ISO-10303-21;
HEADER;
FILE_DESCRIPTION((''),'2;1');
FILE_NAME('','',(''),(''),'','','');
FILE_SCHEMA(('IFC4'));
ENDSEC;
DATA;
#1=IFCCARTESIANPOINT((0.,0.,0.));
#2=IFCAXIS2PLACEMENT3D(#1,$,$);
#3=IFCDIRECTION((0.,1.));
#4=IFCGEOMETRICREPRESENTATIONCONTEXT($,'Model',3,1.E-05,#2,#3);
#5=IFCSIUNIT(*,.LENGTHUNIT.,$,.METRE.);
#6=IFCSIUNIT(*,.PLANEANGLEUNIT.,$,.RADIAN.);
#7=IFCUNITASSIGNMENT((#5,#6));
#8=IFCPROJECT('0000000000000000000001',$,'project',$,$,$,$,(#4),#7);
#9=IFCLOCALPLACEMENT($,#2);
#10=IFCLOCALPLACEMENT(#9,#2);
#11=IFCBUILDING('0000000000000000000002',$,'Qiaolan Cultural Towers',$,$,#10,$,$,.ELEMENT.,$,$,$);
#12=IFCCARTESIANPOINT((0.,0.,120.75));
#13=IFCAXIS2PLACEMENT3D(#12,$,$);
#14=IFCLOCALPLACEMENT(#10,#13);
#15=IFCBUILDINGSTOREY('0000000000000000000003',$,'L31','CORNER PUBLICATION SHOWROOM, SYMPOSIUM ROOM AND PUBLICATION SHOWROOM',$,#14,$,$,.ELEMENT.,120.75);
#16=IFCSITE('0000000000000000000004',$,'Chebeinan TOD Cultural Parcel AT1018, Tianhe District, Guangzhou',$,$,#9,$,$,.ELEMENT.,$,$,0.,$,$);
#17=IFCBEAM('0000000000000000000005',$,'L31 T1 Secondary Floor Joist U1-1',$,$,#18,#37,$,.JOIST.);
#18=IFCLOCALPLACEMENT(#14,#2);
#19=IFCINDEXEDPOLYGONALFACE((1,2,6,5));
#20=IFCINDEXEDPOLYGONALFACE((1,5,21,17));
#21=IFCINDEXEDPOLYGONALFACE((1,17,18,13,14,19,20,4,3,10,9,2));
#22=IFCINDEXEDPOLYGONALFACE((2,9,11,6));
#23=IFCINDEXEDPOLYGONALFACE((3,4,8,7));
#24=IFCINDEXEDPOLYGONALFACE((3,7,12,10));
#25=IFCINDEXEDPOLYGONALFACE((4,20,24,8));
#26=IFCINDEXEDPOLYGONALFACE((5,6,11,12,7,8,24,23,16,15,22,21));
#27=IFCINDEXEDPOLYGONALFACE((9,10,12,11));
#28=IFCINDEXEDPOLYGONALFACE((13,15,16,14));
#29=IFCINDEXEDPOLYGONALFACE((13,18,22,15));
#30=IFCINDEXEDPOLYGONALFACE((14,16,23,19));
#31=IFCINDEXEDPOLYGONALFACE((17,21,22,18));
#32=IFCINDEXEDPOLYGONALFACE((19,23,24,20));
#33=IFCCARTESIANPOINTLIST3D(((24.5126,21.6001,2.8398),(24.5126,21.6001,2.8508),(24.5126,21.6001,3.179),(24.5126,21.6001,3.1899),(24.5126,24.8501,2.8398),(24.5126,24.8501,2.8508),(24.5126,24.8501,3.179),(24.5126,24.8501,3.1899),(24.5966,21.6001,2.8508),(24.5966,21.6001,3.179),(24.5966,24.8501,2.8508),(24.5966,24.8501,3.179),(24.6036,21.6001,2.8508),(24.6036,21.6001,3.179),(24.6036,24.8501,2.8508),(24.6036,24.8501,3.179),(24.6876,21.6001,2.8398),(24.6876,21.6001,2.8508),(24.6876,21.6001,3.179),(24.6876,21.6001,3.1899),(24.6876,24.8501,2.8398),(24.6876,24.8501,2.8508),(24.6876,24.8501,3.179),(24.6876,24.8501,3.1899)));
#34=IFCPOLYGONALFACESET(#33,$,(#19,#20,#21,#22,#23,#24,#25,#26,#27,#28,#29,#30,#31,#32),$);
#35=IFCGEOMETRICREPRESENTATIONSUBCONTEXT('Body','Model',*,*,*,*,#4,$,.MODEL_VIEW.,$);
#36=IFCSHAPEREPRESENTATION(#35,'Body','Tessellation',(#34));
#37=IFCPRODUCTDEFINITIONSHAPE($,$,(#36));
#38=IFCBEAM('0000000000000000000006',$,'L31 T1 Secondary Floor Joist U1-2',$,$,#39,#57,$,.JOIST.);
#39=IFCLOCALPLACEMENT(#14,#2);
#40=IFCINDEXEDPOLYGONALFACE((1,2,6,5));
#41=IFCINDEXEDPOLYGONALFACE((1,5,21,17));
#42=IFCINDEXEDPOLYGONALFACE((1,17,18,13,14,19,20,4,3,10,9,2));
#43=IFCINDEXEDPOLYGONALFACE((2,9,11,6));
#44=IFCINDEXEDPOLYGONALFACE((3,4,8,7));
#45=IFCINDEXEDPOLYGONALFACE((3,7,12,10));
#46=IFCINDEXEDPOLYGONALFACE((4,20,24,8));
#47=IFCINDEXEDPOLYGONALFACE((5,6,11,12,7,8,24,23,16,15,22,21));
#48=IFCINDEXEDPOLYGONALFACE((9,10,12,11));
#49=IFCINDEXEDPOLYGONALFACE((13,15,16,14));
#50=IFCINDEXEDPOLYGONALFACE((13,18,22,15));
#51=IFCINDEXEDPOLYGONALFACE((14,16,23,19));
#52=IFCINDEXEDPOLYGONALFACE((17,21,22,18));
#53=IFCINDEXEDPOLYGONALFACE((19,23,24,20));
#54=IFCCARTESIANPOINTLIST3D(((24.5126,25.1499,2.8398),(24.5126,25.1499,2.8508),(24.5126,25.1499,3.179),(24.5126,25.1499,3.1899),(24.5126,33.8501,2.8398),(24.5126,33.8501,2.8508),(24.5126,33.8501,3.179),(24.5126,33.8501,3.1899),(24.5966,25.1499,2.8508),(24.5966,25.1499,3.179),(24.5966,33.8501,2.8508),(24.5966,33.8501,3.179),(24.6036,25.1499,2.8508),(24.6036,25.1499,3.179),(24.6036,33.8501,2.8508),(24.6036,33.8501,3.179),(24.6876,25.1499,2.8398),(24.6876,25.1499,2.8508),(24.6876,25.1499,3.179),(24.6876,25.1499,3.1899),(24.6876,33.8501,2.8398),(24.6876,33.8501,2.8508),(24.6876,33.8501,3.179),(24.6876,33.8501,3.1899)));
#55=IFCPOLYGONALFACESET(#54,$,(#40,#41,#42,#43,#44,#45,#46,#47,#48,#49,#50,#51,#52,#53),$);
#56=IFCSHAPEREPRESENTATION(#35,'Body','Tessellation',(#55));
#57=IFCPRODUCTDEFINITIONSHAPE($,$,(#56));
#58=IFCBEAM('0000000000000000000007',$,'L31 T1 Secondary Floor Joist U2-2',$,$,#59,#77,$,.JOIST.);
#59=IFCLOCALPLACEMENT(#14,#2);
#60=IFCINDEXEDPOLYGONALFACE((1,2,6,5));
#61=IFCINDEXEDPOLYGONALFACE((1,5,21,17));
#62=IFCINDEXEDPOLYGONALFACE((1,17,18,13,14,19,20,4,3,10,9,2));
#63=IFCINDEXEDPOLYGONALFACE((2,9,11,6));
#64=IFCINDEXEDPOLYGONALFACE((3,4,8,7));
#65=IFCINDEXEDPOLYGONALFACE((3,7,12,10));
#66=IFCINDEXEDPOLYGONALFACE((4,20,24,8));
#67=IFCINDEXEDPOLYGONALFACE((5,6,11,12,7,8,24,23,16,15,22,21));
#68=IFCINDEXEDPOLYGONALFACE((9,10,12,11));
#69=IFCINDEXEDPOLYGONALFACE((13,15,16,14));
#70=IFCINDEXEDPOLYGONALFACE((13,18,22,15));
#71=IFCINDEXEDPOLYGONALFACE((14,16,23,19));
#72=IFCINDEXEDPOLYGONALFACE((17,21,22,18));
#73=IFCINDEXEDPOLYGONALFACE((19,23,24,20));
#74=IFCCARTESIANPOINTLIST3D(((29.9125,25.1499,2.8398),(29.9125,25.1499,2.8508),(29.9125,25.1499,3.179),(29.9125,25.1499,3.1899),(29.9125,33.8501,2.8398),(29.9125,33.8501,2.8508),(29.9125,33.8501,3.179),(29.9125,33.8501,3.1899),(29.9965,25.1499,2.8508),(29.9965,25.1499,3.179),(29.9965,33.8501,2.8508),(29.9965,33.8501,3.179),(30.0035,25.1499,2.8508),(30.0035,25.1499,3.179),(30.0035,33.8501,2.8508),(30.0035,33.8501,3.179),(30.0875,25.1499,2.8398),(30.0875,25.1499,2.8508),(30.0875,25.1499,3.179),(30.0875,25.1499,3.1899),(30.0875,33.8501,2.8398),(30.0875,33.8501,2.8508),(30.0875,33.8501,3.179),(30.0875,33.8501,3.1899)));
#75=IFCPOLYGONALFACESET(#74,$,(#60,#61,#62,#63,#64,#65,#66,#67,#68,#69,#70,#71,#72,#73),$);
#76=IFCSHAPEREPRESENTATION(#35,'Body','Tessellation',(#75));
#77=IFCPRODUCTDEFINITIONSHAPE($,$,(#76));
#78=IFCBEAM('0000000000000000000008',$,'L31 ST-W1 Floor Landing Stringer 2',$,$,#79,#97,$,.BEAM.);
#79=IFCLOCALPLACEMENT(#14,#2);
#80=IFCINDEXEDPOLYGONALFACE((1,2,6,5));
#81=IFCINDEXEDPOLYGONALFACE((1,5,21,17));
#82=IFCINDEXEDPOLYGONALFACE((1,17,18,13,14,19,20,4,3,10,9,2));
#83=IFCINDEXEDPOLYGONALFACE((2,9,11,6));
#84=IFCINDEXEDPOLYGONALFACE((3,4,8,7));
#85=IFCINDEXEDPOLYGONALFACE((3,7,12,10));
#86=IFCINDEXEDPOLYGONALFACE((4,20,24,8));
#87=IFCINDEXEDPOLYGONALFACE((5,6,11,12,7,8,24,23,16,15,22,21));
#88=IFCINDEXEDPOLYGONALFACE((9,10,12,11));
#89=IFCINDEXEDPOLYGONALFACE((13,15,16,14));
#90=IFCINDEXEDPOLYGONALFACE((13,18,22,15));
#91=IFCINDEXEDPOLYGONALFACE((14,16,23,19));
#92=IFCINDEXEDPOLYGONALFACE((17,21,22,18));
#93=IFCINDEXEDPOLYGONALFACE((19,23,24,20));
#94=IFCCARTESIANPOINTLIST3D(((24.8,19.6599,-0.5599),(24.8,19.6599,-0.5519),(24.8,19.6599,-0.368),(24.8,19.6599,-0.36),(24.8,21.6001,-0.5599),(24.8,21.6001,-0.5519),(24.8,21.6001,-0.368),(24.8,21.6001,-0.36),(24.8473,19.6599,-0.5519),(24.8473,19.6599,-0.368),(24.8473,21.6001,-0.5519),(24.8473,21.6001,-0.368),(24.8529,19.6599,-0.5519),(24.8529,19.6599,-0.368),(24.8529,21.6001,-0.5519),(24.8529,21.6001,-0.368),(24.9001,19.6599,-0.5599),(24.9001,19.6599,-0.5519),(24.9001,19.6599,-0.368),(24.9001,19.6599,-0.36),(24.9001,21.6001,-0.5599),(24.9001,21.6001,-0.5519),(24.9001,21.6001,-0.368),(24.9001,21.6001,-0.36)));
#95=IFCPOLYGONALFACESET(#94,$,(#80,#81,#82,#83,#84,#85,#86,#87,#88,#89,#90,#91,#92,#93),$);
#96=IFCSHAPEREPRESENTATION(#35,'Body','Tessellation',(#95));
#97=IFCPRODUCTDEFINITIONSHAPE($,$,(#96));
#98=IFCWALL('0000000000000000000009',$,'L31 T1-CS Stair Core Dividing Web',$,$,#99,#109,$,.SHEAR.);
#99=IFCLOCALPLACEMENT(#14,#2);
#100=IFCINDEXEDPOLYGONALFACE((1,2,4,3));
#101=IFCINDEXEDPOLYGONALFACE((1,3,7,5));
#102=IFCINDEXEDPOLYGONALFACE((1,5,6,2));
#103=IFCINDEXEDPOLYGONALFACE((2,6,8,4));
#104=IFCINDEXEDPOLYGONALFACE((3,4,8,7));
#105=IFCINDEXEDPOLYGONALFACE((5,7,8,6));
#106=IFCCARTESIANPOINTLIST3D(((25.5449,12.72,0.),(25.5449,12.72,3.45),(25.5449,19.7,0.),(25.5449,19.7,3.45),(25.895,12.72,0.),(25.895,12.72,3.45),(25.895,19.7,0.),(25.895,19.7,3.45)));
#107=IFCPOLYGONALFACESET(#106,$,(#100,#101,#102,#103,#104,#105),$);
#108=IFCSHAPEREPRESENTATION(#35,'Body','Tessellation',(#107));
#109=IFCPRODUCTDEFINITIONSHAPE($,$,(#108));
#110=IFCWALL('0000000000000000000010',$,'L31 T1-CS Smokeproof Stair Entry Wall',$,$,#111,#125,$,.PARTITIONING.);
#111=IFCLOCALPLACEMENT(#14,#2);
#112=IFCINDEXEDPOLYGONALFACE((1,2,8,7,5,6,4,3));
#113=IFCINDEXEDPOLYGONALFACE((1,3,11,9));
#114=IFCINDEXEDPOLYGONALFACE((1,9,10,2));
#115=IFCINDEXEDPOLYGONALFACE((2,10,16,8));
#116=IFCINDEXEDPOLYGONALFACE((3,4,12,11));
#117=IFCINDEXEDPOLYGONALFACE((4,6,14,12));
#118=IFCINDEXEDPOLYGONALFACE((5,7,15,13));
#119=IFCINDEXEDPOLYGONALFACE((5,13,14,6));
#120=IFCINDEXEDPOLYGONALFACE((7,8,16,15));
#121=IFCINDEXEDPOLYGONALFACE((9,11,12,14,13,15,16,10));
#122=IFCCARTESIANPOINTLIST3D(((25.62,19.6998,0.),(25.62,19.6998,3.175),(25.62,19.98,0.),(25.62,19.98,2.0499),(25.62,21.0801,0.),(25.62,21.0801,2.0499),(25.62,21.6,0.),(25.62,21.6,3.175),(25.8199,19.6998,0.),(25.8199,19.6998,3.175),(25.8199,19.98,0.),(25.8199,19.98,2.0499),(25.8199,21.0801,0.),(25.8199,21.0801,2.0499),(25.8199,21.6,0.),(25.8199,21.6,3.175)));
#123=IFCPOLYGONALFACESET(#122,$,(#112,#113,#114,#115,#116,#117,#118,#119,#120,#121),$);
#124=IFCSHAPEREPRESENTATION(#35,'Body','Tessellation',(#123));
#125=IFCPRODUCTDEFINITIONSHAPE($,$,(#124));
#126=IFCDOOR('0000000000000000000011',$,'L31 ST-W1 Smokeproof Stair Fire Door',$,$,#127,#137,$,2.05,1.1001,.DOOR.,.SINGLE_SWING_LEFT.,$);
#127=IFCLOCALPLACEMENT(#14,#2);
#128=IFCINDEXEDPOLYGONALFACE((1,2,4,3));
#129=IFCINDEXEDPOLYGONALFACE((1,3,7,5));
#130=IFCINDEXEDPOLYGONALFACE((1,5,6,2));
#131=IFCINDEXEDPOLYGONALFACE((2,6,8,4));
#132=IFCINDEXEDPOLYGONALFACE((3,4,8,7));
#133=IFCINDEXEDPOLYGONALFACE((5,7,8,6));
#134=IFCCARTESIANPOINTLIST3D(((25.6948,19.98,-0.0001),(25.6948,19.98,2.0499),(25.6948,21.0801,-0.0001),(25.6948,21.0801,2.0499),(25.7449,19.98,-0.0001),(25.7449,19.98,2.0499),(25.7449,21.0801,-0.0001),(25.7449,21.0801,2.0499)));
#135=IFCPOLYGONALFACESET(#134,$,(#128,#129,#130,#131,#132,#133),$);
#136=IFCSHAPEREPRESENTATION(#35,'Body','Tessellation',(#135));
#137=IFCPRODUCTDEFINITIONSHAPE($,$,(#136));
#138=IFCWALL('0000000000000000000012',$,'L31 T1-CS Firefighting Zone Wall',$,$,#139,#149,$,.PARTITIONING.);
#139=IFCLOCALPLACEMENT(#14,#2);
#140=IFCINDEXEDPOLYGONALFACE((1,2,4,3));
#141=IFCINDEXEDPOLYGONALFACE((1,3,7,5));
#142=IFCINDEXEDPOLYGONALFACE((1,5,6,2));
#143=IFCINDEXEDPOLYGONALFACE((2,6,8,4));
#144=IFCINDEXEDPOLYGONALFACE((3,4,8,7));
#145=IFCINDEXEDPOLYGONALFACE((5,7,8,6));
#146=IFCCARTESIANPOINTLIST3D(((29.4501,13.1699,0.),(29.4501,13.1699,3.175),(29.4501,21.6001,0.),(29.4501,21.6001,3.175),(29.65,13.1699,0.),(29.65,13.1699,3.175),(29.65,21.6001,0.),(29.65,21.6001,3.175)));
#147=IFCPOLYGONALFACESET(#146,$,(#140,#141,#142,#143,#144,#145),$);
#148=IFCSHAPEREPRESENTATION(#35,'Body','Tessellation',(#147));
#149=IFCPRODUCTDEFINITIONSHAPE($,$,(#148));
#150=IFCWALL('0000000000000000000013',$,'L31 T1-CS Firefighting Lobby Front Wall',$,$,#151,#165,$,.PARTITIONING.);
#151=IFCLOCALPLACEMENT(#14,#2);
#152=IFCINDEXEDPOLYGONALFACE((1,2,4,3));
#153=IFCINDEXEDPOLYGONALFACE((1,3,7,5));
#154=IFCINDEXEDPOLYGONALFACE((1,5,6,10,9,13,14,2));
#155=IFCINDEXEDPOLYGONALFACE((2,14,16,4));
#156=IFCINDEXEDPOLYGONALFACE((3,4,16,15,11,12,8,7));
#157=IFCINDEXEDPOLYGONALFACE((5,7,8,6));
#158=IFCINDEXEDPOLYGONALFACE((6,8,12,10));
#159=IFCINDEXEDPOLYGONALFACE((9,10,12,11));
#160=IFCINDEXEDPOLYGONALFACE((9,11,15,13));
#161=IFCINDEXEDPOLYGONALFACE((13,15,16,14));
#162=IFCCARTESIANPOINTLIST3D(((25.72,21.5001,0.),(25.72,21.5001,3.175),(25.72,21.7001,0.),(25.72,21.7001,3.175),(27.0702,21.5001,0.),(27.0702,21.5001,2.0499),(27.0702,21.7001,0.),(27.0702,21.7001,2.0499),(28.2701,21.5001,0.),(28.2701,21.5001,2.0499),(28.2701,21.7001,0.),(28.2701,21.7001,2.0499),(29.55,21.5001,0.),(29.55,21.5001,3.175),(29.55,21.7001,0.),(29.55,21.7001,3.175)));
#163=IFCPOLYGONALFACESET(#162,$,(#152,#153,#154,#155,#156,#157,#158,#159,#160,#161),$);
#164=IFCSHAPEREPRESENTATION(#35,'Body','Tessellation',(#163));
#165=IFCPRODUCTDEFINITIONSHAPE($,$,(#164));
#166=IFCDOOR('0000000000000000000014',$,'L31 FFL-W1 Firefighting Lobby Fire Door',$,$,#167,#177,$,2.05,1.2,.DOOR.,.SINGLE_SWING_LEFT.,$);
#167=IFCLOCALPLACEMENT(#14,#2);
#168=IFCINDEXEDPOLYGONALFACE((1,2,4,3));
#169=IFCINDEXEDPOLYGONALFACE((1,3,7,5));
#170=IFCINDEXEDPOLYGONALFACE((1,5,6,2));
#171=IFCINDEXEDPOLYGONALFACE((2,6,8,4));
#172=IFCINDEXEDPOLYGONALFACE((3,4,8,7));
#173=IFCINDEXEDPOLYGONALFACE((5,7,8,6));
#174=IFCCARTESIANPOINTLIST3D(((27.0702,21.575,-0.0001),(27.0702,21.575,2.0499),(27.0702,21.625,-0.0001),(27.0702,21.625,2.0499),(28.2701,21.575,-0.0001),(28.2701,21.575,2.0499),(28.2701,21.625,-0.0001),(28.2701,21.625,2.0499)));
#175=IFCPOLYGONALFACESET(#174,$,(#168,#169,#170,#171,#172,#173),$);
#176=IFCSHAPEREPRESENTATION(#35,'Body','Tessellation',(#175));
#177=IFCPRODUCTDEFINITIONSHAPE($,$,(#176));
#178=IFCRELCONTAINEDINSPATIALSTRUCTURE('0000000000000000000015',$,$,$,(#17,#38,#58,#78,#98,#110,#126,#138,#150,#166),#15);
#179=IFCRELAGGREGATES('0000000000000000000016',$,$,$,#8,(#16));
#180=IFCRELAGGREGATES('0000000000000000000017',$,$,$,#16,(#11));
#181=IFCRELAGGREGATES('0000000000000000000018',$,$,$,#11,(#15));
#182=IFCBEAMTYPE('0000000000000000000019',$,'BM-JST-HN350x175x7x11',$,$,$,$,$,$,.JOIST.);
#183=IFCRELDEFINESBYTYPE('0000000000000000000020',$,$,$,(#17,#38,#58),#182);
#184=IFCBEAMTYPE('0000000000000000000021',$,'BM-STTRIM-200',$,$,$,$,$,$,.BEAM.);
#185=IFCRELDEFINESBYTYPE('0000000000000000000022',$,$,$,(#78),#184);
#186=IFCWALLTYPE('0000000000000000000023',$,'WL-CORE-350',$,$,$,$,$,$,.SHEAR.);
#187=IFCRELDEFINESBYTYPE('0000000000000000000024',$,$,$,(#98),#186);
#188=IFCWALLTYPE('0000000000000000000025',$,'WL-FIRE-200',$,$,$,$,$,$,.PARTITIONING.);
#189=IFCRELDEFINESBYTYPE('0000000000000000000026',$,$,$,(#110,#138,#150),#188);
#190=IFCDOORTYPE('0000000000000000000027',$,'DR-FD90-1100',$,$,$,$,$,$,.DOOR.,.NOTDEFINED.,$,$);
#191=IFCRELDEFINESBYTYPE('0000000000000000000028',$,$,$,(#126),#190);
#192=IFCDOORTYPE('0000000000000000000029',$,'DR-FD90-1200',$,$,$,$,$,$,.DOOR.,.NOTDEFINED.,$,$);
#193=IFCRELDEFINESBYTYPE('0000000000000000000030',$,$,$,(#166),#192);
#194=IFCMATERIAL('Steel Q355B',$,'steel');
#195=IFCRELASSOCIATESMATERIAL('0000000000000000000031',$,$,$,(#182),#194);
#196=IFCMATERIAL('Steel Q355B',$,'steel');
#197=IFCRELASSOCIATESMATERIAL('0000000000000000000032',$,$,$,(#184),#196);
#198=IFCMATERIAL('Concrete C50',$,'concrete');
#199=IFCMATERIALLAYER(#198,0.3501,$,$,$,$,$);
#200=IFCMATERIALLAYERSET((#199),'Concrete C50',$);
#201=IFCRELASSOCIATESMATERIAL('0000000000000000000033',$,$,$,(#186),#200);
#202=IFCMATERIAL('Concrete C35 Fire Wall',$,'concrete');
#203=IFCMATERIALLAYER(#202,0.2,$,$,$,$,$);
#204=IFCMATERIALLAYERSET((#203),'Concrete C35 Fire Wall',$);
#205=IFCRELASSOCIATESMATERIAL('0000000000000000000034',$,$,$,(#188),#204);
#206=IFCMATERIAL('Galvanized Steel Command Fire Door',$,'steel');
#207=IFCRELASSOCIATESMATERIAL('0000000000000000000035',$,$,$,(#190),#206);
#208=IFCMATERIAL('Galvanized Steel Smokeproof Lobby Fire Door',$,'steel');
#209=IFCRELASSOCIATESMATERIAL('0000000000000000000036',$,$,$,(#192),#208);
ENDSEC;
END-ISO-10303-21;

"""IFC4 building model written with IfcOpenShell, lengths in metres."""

from ifc_helpers import new_model, si_unit, direction, frame, frame_2d, origin, origin_2d, place, context, subcontext, project, spatial, rectangle, i_section, extrude, material, layer, layer_set, material_profile, profile_set, type_object, element, fill, save


model = new_model("IFC4")

# Units and contexts
model_context = context("Model", 3, precision=1e-05, world=origin(), true_north=direction((0.0, 1.0)))
body_context = subcontext(model_context, "Body", "Model", "MODEL_VIEW")
ifc_project = project(units=[si_unit("LENGTHUNIT", "METRE"), si_unit("PLANEANGLEUNIT", "RADIAN")], contexts=[model_context])

# Site, building, storey
site_placement = place(None, origin())
site = spatial("IfcSite", under=ifc_project, at=site_placement, Name="Chebeinan TOD Cultural Parcel AT1018, Tianhe District, Guangzhou", CompositionType="ELEMENT", RefElevation=0.0)
building_placement = place(site_placement, origin())
building = spatial("IfcBuilding", under=site, at=building_placement, Name="Qiaolan Cultural Towers", CompositionType="ELEMENT")
storey_placement = place(building_placement, frame((0.0, 0.0, 120.75)))
storey = spatial("IfcBuildingStorey", under=building, at=storey_placement, Name="L31", Description="CORNER PUBLICATION SHOWROOM, SYMPOSIUM ROOM AND PUBLICATION SHOWROOM", CompositionType="ELEMENT", Elevation=120.75)

# Beams
ifc_material_1 = material(Name="Steel Q355B", Category="steel")
ifc_material_profile_1 = material_profile(ifc_material_1, i_section(OverallWidth=0.175, OverallDepth=0.3501, WebThickness=0.0071, FlangeThickness=0.011, at=origin_2d()), Name="HN350x175x7x11")
ifc_profile_set_1 = profile_set([ifc_material_profile_1], Name="Steel Q355B")
beam_type_1 = type_object("IfcBeamType", Name="BM-JST-HN350x175x7x11", PredefinedType="JOIST", material=ifc_profile_set_1)
beam_1_placement = place(storey_placement, frame((24.6001, 21.6001, 3.0149), z_axis=(0.0, 1.0, 0.0), x_axis=(-1.0, 0.0, 0.0)))
element("IfcBeam", 1, at=beam_1_placement, inside=storey, type_object=beam_type_1, Name="L31 T1 Secondary Floor Joist U1-1", PredefinedType="JOIST", context=body_context, shape_type="SweptSolid", body=[
    extrude(i_section(OverallWidth=0.175, OverallDepth=0.3501, WebThickness=0.0071, FlangeThickness=0.011, at=origin_2d()), origin(), (0.0, 0.0, 1.0), 3.25),
])
for number, where, z_axis, x_axis, name in (
    (2, (24.6001, 25.1499, 3.0149), (0.0, 1.0, 0.0), (-1.0, 0.0, 0.0), "L31 T1 Secondary Floor Joist U1-2"),
    (3, (30.0, 25.1499, 3.0149), (0.0, 1.0, 0.0), (-1.0, 0.0, 0.0), "L31 T1 Secondary Floor Joist U2-2"),
):
    element("IfcBeam", number, at=place(storey_placement, frame(where, z_axis=z_axis, x_axis=x_axis)), inside=storey, type_object=beam_type_1, Name=name, PredefinedType="JOIST", context=body_context, shape_type="SweptSolid", body=[
        extrude(i_section(OverallWidth=0.175, OverallDepth=0.3501, WebThickness=0.0071, FlangeThickness=0.011, at=origin_2d()), origin(), (0.0, 0.0, 1.0), 8.7002),
    ])
ifc_material_2 = material(Name="Steel Q355B", Category="steel")
ifc_material_profile_2 = material_profile(ifc_material_2, i_section(OverallWidth=0.1001, OverallDepth=0.2, WebThickness=0.0056, FlangeThickness=0.0081, at=origin_2d()), Name="HN200x100x5.5x8")
ifc_profile_set_2 = profile_set([ifc_material_profile_2], Name="Steel Q355B")
beam_type_2 = type_object("IfcBeamType", Name="BM-STTRIM-200", PredefinedType="BEAM", material=ifc_profile_set_2)
beam_2_placement = place(storey_placement, frame((24.8501, 21.6001, -0.46), z_axis=(0.0, -1.0, 0.0), x_axis=(1.0, 0.0, 0.0)))
element("IfcBeam", 4, at=beam_2_placement, inside=storey, type_object=beam_type_2, Name="L31 ST-W1 Floor Landing Stringer 2", PredefinedType="BEAM", context=body_context, shape_type="SweptSolid", body=[
    extrude(i_section(OverallWidth=0.1001, OverallDepth=0.2, WebThickness=0.0056, FlangeThickness=0.0081, at=origin_2d()), origin(), (0.0, 0.0, 1.0), 1.9402),
])

# Wall
ifc_material_3 = material(Name="Concrete C50", Category="concrete")
ifc_layer_1 = layer(ifc_material_3, 0.3501)
ifc_layer_set_1 = layer_set([ifc_layer_1], Name="Concrete C50")
wall_type_1 = type_object("IfcWallType", Name="WL-CORE-350", PredefinedType="SHEAR", material=ifc_layer_set_1)
wall_1_placement = place(storey_placement, frame((25.72, 19.7, 0.0), z_axis=(0.0, 0.0, 1.0), x_axis=(0.0, -1.0, 0.0)))
element("IfcWall", 5, at=wall_1_placement, inside=storey, type_object=wall_type_1, Name="L31 T1-CS Stair Core Dividing Web", PredefinedType="SHEAR", context=body_context, shape_type="SweptSolid", body=[
    extrude(rectangle(XDim=6.98, YDim=0.3501, at=frame_2d((3.49, 0.0))), origin(), (0.0, 0.0, 1.0), 3.45),
])

# Wall, opening, door
ifc_material_4 = material(Name="Concrete C35 Fire Wall", Category="concrete")
ifc_layer_2 = layer(ifc_material_4, 0.2)
ifc_layer_set_2 = layer_set([ifc_layer_2], Name="Concrete C35 Fire Wall")
wall_type_2 = type_object("IfcWallType", Name="WL-FIRE-200", PredefinedType="PARTITIONING", material=ifc_layer_set_2)
wall_2_placement = place(storey_placement, frame((25.72, 21.6001, 0.0), z_axis=(0.0, 0.0, 1.0), x_axis=(0.0, -1.0, 0.0)))
wall_2 = element("IfcWall", 6, at=wall_2_placement, inside=storey, type_object=wall_type_2, Name="L31 T1-CS Smokeproof Stair Entry Wall", PredefinedType="PARTITIONING", context=body_context, shape_type="SweptSolid", body=[
    extrude(rectangle(XDim=1.9001, YDim=0.2, at=frame_2d((0.9502, 0.0))), origin(), (0.0, 0.0, 1.0), 3.175),
])
opening_1_placement = place(wall_2_placement, frame((0.52, 0.0, 0.0)))
opening_1 = element("IfcOpeningElement", 7, at=opening_1_placement, cuts=wall_2, PredefinedType="OPENING", context=body_context, shape_type="SweptSolid", body=[
    extrude(rectangle(XDim=1.1001, YDim=2.05, at=frame_2d((0.55, 1.0249))), frame((0.0, 0.1099, 0.0), z_axis=(0.0, -1.0, 0.0), x_axis=(1.0, 0.0, 0.0)), (0.0, 0.0, 1.0), 0.22),
])
ifc_material_5 = material(Name="Galvanized Steel Command Fire Door", Category="steel")
door_type_1 = type_object("IfcDoorType", Name="DR-FD90-1100", OperationType="NOTDEFINED", PredefinedType="DOOR", material=ifc_material_5)
door_1_placement = place(opening_1_placement, origin())
door_1 = element("IfcDoor", 8, at=door_1_placement, inside=storey, type_object=door_type_1, Name="L31 ST-W1 Smokeproof Stair Fire Door", OperationType="SINGLE_SWING_LEFT", OverallHeight=2.05, OverallWidth=1.1001, PredefinedType="DOOR", context=body_context, shape_type="SweptSolid", body=[
    extrude(rectangle(XDim=1.1001, YDim=2.05, at=frame_2d((0.55, 1.0249))), frame((0.0, 0.0249, 0.0), z_axis=(0.0, -1.0, 0.0), x_axis=(1.0, 0.0, 0.0)), (0.0, 0.0, 1.0), 0.05),
])
fill(opening_1, door_1)

# Wall
wall_3_placement = place(storey_placement, frame((29.55, 21.6001, 0.0), z_axis=(0.0, 0.0, 1.0), x_axis=(0.0, -1.0, 0.0)))
element("IfcWall", 9, at=wall_3_placement, inside=storey, type_object=wall_type_2, Name="L31 T1-CS Firefighting Zone Wall", PredefinedType="PARTITIONING", context=body_context, shape_type="SweptSolid", body=[
    extrude(rectangle(XDim=8.4302, YDim=0.2, at=frame_2d((4.2151, 0.0))), origin(), (0.0, 0.0, 1.0), 3.175),
])

# Wall, opening, door
wall_4_placement = place(storey_placement, frame((25.72, 21.6001, 0.0), z_axis=(0.0, 0.0, 1.0), x_axis=(1.0, 0.0, 0.0)))
wall_4 = element("IfcWall", 10, at=wall_4_placement, inside=storey, type_object=wall_type_2, Name="L31 T1-CS Firefighting Lobby Front Wall", PredefinedType="PARTITIONING", context=body_context, shape_type="SweptSolid", body=[
    extrude(rectangle(XDim=3.8301, YDim=0.2, at=frame_2d((1.915, 0.0))), origin(), (0.0, 0.0, 1.0), 3.175),
])
opening_2_placement = place(wall_4_placement, frame((1.3501, 0.0, 0.0)))
opening_2 = element("IfcOpeningElement", 11, at=opening_2_placement, cuts=wall_4, PredefinedType="OPENING", context=body_context, shape_type="SweptSolid", body=[
    extrude(rectangle(XDim=1.2, YDim=2.05, at=frame_2d((0.6001, 1.0249))), frame((0.0, 0.1099, 0.0), z_axis=(0.0, -1.0, 0.0), x_axis=(1.0, 0.0, 0.0)), (0.0, 0.0, 1.0), 0.22),
])
ifc_material_6 = material(Name="Galvanized Steel Smokeproof Lobby Fire Door", Category="steel")
door_type_2 = type_object("IfcDoorType", Name="DR-FD90-1200", OperationType="NOTDEFINED", PredefinedType="DOOR", material=ifc_material_6)
door_2_placement = place(opening_2_placement, origin())
door_2 = element("IfcDoor", 12, at=door_2_placement, inside=storey, type_object=door_type_2, Name="L31 FFL-W1 Firefighting Lobby Fire Door", OperationType="SINGLE_SWING_LEFT", OverallHeight=2.05, OverallWidth=1.2, PredefinedType="DOOR", context=body_context, shape_type="SweptSolid", body=[
    extrude(rectangle(XDim=1.2, YDim=2.05, at=frame_2d((0.6001, 1.0249))), frame((0.0, 0.0249, 0.0), z_axis=(0.0, -1.0, 0.0), x_axis=(1.0, 0.0, 0.0)), (0.0, 0.0, 1.0), 0.05),
])
fill(opening_2, door_2)

save(model, "model.ifc")
